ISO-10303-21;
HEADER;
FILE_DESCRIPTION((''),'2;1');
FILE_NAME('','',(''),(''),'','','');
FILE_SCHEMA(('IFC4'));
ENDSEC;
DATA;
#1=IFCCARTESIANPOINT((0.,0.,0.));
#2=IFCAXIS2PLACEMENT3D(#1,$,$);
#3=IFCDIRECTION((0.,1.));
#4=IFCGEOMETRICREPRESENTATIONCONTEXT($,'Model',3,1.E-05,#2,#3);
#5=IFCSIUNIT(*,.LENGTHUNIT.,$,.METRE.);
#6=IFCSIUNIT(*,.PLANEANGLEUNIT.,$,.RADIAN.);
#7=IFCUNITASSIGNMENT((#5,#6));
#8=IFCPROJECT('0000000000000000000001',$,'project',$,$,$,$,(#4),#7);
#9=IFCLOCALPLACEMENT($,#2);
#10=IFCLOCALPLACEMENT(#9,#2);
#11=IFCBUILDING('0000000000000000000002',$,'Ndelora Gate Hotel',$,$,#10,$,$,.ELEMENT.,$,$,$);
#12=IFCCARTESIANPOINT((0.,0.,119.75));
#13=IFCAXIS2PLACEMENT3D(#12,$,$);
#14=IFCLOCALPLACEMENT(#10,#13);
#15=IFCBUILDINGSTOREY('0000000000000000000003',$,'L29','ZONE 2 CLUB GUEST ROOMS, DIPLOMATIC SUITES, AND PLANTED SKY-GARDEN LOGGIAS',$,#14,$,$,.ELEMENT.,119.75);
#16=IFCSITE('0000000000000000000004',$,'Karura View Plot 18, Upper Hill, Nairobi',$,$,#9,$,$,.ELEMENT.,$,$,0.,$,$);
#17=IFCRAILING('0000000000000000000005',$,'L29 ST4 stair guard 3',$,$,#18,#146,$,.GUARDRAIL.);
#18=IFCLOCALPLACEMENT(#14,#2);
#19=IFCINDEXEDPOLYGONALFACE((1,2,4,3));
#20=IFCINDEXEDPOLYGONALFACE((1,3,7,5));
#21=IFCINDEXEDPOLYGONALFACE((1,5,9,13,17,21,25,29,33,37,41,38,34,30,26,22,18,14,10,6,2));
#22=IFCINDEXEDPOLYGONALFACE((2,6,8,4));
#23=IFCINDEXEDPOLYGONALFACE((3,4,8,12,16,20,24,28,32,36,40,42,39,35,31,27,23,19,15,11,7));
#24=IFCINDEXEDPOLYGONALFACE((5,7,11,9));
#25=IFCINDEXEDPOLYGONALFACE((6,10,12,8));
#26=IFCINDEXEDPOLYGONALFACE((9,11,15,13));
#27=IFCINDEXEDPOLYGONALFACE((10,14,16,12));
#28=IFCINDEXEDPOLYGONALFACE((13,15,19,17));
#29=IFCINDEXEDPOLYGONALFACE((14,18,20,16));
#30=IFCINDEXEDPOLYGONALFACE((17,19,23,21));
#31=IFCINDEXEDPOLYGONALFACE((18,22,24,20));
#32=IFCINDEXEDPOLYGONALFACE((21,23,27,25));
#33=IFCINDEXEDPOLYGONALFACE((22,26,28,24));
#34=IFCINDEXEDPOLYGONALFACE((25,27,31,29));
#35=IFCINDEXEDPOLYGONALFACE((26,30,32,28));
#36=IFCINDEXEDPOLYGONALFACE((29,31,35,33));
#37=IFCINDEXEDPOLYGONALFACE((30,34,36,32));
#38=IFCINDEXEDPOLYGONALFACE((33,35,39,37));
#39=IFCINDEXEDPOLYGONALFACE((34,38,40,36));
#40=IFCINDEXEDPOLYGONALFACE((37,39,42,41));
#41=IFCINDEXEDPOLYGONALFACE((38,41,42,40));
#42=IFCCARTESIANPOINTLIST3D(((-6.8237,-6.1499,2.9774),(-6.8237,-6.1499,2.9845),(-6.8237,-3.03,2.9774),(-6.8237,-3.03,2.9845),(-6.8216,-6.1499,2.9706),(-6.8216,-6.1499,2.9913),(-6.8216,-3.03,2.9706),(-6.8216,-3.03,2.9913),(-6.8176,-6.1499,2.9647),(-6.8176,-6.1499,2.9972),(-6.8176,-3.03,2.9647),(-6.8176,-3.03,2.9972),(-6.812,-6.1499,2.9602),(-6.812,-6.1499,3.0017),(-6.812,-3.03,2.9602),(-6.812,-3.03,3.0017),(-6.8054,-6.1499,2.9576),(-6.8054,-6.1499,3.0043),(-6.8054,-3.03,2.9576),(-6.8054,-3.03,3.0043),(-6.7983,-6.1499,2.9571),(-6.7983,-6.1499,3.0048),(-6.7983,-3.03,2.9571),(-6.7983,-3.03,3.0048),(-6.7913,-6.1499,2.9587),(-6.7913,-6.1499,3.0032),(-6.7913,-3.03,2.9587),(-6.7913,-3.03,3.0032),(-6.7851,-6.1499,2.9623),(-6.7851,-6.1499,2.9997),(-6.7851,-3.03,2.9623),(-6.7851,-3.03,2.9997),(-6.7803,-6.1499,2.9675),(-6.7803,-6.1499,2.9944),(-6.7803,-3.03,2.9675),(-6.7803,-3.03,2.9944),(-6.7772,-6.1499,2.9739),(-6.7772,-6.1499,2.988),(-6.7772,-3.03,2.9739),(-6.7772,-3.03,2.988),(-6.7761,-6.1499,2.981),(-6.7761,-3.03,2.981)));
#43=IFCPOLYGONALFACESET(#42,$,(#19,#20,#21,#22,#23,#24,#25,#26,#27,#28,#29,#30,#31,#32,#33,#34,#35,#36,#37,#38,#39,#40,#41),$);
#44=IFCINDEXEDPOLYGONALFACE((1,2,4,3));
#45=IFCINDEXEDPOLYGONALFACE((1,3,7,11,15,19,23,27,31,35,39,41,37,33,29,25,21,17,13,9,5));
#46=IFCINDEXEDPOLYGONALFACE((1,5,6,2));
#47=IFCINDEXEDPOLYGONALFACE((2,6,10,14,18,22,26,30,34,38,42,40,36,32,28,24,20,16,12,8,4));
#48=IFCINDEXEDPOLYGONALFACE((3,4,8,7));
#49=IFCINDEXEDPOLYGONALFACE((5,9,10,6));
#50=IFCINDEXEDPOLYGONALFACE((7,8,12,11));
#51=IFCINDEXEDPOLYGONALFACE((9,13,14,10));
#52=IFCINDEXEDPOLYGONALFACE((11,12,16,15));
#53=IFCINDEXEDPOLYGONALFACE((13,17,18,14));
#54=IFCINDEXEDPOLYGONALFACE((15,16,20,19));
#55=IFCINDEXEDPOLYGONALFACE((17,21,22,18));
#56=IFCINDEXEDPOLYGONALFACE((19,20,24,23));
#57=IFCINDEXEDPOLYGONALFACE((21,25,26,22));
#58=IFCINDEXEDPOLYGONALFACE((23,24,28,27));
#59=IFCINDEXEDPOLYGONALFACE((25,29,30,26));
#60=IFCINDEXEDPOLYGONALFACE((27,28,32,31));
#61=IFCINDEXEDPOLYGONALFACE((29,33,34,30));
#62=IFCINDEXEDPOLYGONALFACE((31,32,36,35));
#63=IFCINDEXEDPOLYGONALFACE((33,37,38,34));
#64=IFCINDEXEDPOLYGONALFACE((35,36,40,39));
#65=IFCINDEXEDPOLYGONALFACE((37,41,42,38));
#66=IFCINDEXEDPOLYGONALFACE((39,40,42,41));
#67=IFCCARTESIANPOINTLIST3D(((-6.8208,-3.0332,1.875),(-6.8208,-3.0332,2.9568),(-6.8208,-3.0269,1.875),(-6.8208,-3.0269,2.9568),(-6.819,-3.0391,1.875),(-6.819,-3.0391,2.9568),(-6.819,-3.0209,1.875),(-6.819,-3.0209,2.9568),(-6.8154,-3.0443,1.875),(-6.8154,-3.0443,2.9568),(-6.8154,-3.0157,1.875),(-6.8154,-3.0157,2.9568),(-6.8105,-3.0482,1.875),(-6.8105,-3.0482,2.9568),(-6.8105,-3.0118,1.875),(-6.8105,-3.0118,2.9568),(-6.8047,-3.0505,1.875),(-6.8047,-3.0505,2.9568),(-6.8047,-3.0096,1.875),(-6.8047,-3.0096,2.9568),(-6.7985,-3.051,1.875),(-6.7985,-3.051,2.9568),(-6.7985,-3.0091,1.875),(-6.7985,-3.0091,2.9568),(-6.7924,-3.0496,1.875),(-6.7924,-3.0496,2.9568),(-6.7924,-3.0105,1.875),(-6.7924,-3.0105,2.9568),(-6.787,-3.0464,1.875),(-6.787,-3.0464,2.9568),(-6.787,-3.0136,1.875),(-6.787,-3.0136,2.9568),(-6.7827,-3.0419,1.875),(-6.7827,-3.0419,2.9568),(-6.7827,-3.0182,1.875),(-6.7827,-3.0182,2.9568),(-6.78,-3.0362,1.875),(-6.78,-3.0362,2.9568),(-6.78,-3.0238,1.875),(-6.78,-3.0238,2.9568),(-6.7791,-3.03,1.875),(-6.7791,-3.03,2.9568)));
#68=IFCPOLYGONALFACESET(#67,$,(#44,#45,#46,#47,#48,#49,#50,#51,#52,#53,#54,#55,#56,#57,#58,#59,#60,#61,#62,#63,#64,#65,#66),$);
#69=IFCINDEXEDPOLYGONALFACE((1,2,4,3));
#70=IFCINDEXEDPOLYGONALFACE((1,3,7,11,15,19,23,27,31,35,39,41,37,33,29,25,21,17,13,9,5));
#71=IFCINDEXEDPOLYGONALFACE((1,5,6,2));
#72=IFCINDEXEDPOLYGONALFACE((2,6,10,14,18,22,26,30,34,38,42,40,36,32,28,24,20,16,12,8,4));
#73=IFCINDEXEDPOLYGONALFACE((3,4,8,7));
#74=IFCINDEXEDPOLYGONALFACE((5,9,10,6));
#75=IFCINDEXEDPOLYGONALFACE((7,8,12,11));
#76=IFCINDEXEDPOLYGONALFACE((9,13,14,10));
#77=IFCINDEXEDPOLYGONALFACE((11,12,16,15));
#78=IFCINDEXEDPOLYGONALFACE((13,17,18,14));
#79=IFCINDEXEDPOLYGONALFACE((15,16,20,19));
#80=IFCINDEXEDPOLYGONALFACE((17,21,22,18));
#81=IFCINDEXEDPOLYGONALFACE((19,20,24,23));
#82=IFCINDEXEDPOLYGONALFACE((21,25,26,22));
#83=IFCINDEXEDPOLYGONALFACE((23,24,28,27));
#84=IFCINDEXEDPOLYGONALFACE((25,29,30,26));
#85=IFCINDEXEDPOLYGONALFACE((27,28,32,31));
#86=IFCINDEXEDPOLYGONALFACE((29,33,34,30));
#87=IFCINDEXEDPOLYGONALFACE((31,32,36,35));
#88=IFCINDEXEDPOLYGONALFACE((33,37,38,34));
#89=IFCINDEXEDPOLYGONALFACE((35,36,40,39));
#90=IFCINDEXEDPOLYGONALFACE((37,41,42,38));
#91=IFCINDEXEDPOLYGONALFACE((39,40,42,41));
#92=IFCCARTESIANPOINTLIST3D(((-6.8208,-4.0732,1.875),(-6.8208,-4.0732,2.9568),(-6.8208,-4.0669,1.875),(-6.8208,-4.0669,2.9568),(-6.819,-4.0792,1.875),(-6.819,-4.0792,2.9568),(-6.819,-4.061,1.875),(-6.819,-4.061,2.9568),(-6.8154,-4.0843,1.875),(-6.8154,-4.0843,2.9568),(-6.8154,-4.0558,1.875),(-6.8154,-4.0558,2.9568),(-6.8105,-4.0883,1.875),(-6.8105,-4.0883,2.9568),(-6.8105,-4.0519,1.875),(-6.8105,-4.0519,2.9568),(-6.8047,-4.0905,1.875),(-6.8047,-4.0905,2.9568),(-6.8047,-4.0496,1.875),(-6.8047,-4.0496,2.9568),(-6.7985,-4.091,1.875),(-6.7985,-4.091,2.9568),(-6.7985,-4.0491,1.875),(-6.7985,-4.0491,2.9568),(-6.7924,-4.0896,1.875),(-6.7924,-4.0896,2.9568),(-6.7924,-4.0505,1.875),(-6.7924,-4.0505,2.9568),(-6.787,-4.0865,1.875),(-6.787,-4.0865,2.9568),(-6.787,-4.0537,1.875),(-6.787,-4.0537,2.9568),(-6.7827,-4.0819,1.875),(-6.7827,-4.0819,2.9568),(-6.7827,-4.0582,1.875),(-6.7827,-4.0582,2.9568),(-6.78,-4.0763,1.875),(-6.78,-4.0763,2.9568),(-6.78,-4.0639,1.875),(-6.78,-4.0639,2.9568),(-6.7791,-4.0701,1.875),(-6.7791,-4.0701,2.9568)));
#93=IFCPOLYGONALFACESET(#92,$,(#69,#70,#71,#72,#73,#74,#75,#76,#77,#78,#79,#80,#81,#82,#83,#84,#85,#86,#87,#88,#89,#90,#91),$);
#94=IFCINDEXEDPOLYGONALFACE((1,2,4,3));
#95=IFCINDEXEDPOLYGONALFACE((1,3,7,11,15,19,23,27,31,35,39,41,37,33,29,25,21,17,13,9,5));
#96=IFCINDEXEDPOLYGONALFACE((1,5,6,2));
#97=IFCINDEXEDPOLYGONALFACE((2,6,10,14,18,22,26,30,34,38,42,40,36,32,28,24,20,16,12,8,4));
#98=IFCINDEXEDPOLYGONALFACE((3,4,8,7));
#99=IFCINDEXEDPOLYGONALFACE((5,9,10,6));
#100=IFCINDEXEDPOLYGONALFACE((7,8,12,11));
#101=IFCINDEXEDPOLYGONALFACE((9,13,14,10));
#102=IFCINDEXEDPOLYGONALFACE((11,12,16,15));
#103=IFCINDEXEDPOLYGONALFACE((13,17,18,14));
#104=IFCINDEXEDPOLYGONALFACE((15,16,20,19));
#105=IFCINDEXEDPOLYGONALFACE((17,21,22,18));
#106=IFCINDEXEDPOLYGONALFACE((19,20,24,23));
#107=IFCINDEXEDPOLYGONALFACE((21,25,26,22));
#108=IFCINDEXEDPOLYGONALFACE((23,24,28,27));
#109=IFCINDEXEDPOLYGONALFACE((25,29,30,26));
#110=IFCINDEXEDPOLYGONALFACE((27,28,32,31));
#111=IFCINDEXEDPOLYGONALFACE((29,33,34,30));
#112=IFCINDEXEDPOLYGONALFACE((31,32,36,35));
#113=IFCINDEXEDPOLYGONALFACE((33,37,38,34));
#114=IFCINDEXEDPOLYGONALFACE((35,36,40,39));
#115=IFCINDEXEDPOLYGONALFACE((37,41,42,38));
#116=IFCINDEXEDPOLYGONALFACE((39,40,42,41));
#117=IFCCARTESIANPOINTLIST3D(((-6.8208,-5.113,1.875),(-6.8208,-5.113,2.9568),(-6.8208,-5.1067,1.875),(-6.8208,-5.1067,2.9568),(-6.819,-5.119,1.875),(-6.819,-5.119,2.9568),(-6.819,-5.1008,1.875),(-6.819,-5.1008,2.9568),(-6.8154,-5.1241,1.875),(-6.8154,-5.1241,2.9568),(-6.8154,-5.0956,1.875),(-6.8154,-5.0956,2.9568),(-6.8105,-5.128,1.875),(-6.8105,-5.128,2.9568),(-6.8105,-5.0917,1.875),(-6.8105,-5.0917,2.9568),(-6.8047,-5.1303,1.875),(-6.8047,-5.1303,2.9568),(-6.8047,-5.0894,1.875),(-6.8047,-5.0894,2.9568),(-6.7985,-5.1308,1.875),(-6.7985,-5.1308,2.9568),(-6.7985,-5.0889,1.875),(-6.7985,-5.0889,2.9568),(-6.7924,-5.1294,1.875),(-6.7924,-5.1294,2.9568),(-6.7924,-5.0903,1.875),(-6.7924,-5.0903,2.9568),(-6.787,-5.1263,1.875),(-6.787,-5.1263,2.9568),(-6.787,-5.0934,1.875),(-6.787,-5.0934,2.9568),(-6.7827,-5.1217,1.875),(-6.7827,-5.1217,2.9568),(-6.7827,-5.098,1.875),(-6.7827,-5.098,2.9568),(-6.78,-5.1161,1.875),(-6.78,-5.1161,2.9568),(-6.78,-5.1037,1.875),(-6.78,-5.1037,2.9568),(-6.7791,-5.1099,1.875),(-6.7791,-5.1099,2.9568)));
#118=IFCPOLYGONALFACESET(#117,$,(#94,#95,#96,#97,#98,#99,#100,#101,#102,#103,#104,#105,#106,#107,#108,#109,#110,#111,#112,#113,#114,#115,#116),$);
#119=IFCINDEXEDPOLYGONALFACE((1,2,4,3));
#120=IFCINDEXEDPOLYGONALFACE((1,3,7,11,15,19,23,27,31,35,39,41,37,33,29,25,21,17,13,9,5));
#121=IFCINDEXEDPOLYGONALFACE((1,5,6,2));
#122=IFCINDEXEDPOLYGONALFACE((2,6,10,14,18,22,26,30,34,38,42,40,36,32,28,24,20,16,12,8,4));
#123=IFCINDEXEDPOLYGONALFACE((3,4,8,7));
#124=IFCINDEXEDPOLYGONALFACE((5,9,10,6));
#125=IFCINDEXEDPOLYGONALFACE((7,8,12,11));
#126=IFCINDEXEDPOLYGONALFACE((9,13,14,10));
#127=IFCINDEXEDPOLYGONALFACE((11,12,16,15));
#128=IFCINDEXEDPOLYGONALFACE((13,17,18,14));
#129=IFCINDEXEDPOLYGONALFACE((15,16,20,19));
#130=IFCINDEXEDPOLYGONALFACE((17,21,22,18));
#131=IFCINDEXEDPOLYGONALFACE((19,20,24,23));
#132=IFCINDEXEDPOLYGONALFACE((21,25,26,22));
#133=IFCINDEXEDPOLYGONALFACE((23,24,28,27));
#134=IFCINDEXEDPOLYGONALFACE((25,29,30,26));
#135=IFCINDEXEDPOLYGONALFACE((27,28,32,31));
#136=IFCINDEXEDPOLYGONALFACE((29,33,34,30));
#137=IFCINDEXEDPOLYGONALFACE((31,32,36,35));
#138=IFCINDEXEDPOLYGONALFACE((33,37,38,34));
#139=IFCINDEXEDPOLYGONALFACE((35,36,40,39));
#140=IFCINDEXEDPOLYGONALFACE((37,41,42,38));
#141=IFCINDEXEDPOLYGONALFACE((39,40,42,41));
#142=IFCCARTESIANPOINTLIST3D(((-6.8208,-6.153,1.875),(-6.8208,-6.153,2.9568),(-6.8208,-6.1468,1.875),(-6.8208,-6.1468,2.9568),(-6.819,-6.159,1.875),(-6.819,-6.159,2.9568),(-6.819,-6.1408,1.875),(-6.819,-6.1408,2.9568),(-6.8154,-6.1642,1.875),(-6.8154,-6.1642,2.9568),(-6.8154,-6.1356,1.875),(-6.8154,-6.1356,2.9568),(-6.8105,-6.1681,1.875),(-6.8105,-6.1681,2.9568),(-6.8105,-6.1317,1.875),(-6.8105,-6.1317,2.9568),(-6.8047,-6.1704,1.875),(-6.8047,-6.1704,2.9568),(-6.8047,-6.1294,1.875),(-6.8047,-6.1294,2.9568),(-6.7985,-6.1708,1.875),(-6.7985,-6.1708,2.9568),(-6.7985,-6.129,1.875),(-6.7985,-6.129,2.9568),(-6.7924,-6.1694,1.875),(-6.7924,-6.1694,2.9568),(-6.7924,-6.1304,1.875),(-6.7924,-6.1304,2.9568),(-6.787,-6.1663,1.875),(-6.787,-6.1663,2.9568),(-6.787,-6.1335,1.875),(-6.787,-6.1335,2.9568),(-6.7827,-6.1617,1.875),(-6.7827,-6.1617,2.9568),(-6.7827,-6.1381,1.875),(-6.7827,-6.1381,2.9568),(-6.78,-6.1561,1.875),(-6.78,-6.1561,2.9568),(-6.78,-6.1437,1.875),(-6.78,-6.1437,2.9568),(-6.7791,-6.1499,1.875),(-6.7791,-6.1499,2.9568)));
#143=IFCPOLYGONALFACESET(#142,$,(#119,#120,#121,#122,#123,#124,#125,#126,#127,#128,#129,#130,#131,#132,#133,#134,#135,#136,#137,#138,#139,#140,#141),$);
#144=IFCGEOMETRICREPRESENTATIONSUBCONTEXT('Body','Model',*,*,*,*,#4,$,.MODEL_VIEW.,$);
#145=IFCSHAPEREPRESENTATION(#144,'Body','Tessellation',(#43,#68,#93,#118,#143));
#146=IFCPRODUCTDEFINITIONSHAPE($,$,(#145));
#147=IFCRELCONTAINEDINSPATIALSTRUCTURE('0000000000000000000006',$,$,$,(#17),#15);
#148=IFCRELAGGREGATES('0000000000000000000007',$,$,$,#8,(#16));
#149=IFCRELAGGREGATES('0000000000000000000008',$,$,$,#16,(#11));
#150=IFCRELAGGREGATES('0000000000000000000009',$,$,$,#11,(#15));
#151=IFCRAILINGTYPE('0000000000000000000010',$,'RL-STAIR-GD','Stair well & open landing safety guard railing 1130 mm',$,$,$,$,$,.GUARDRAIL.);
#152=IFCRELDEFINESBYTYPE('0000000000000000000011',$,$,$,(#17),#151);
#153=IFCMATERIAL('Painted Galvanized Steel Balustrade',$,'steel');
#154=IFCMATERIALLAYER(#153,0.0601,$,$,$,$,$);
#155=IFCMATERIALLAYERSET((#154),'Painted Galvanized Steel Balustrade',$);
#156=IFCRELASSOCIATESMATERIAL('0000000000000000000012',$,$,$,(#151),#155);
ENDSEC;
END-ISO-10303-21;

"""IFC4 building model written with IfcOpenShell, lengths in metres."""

from ifc_helpers import new_model, si_unit, direction, frame, origin, origin_2d, place, context, subcontext, project, spatial, circle, extrude, material, layer, layer_set, type_object, element, save


model = new_model("IFC4")

# Units and contexts
model_context = context("Model", 3, precision=1e-05, world=origin(), true_north=direction((0.0, 1.0)))
body_context = subcontext(model_context, "Body", "Model", "MODEL_VIEW")
ifc_project = project(units=[si_unit("LENGTHUNIT", "METRE"), si_unit("PLANEANGLEUNIT", "RADIAN")], contexts=[model_context])

# Site, building, storey
site_placement = place(None, origin())
site = spatial("IfcSite", under=ifc_project, at=site_placement, Name="Karura View Plot 18, Upper Hill, Nairobi", CompositionType="ELEMENT", RefElevation=0.0)
building_placement = place(site_placement, origin())
building = spatial("IfcBuilding", under=site, at=building_placement, Name="Ndelora Gate Hotel", CompositionType="ELEMENT")
storey_placement = place(building_placement, frame((0.0, 0.0, 119.75)))
storey = spatial("IfcBuildingStorey", under=building, at=storey_placement, Name="L29", Description="ZONE 2 CLUB GUEST ROOMS, DIPLOMATIC SUITES, AND PLANTED SKY-GARDEN LOGGIAS", CompositionType="ELEMENT", Elevation=119.75)

# Railing
ifc_material_1 = material(Name="Painted Galvanized Steel Balustrade", Category="steel")
ifc_layer_1 = layer(ifc_material_1, 0.0601)
ifc_layer_set_1 = layer_set([ifc_layer_1], Name="Painted Galvanized Steel Balustrade")
railing_type_1 = type_object("IfcRailingType", Name="RL-STAIR-GD", Description="Stair well & open landing safety guard railing 1130 mm", PredefinedType="GUARDRAIL", material=ifc_layer_set_1)
for number, where, name in (
    (1, (-6.8, -3.03, 1.875), "L29 ST4 stair guard 3"),
):
    element("IfcRailing", number, at=place(storey_placement, frame(where)), inside=storey, type_object=railing_type_1, Name=name, PredefinedType="GUARDRAIL", context=body_context, shape_type="SweptSolid", body=[
        extrude(circle(Radius=0.0239, at=origin_2d()), frame((0.0, 0.0, 1.106), z_axis=(0.0, -1.0, 0.0), x_axis=(1.0, 0.0, 0.0)), (0.0, 0.0, 1.0), 3.1199),
        extrude(circle(Radius=0.021, at=origin_2d()), origin(), (0.0, 0.0, 1.0), 1.0818),
        extrude(circle(Radius=0.021, at=origin_2d()), frame((0.0, -1.04, 0.0)), (0.0, 0.0, 1.0), 1.0818),
        extrude(circle(Radius=0.021, at=origin_2d()), frame((0.0, -2.0798, 0.0)), (0.0, 0.0, 1.0), 1.0818),
        extrude(circle(Radius=0.021, at=origin_2d()), frame((0.0, -3.1199, 0.0)), (0.0, 0.0, 1.0), 1.0818),
    ])

save(model, "model.ifc")
